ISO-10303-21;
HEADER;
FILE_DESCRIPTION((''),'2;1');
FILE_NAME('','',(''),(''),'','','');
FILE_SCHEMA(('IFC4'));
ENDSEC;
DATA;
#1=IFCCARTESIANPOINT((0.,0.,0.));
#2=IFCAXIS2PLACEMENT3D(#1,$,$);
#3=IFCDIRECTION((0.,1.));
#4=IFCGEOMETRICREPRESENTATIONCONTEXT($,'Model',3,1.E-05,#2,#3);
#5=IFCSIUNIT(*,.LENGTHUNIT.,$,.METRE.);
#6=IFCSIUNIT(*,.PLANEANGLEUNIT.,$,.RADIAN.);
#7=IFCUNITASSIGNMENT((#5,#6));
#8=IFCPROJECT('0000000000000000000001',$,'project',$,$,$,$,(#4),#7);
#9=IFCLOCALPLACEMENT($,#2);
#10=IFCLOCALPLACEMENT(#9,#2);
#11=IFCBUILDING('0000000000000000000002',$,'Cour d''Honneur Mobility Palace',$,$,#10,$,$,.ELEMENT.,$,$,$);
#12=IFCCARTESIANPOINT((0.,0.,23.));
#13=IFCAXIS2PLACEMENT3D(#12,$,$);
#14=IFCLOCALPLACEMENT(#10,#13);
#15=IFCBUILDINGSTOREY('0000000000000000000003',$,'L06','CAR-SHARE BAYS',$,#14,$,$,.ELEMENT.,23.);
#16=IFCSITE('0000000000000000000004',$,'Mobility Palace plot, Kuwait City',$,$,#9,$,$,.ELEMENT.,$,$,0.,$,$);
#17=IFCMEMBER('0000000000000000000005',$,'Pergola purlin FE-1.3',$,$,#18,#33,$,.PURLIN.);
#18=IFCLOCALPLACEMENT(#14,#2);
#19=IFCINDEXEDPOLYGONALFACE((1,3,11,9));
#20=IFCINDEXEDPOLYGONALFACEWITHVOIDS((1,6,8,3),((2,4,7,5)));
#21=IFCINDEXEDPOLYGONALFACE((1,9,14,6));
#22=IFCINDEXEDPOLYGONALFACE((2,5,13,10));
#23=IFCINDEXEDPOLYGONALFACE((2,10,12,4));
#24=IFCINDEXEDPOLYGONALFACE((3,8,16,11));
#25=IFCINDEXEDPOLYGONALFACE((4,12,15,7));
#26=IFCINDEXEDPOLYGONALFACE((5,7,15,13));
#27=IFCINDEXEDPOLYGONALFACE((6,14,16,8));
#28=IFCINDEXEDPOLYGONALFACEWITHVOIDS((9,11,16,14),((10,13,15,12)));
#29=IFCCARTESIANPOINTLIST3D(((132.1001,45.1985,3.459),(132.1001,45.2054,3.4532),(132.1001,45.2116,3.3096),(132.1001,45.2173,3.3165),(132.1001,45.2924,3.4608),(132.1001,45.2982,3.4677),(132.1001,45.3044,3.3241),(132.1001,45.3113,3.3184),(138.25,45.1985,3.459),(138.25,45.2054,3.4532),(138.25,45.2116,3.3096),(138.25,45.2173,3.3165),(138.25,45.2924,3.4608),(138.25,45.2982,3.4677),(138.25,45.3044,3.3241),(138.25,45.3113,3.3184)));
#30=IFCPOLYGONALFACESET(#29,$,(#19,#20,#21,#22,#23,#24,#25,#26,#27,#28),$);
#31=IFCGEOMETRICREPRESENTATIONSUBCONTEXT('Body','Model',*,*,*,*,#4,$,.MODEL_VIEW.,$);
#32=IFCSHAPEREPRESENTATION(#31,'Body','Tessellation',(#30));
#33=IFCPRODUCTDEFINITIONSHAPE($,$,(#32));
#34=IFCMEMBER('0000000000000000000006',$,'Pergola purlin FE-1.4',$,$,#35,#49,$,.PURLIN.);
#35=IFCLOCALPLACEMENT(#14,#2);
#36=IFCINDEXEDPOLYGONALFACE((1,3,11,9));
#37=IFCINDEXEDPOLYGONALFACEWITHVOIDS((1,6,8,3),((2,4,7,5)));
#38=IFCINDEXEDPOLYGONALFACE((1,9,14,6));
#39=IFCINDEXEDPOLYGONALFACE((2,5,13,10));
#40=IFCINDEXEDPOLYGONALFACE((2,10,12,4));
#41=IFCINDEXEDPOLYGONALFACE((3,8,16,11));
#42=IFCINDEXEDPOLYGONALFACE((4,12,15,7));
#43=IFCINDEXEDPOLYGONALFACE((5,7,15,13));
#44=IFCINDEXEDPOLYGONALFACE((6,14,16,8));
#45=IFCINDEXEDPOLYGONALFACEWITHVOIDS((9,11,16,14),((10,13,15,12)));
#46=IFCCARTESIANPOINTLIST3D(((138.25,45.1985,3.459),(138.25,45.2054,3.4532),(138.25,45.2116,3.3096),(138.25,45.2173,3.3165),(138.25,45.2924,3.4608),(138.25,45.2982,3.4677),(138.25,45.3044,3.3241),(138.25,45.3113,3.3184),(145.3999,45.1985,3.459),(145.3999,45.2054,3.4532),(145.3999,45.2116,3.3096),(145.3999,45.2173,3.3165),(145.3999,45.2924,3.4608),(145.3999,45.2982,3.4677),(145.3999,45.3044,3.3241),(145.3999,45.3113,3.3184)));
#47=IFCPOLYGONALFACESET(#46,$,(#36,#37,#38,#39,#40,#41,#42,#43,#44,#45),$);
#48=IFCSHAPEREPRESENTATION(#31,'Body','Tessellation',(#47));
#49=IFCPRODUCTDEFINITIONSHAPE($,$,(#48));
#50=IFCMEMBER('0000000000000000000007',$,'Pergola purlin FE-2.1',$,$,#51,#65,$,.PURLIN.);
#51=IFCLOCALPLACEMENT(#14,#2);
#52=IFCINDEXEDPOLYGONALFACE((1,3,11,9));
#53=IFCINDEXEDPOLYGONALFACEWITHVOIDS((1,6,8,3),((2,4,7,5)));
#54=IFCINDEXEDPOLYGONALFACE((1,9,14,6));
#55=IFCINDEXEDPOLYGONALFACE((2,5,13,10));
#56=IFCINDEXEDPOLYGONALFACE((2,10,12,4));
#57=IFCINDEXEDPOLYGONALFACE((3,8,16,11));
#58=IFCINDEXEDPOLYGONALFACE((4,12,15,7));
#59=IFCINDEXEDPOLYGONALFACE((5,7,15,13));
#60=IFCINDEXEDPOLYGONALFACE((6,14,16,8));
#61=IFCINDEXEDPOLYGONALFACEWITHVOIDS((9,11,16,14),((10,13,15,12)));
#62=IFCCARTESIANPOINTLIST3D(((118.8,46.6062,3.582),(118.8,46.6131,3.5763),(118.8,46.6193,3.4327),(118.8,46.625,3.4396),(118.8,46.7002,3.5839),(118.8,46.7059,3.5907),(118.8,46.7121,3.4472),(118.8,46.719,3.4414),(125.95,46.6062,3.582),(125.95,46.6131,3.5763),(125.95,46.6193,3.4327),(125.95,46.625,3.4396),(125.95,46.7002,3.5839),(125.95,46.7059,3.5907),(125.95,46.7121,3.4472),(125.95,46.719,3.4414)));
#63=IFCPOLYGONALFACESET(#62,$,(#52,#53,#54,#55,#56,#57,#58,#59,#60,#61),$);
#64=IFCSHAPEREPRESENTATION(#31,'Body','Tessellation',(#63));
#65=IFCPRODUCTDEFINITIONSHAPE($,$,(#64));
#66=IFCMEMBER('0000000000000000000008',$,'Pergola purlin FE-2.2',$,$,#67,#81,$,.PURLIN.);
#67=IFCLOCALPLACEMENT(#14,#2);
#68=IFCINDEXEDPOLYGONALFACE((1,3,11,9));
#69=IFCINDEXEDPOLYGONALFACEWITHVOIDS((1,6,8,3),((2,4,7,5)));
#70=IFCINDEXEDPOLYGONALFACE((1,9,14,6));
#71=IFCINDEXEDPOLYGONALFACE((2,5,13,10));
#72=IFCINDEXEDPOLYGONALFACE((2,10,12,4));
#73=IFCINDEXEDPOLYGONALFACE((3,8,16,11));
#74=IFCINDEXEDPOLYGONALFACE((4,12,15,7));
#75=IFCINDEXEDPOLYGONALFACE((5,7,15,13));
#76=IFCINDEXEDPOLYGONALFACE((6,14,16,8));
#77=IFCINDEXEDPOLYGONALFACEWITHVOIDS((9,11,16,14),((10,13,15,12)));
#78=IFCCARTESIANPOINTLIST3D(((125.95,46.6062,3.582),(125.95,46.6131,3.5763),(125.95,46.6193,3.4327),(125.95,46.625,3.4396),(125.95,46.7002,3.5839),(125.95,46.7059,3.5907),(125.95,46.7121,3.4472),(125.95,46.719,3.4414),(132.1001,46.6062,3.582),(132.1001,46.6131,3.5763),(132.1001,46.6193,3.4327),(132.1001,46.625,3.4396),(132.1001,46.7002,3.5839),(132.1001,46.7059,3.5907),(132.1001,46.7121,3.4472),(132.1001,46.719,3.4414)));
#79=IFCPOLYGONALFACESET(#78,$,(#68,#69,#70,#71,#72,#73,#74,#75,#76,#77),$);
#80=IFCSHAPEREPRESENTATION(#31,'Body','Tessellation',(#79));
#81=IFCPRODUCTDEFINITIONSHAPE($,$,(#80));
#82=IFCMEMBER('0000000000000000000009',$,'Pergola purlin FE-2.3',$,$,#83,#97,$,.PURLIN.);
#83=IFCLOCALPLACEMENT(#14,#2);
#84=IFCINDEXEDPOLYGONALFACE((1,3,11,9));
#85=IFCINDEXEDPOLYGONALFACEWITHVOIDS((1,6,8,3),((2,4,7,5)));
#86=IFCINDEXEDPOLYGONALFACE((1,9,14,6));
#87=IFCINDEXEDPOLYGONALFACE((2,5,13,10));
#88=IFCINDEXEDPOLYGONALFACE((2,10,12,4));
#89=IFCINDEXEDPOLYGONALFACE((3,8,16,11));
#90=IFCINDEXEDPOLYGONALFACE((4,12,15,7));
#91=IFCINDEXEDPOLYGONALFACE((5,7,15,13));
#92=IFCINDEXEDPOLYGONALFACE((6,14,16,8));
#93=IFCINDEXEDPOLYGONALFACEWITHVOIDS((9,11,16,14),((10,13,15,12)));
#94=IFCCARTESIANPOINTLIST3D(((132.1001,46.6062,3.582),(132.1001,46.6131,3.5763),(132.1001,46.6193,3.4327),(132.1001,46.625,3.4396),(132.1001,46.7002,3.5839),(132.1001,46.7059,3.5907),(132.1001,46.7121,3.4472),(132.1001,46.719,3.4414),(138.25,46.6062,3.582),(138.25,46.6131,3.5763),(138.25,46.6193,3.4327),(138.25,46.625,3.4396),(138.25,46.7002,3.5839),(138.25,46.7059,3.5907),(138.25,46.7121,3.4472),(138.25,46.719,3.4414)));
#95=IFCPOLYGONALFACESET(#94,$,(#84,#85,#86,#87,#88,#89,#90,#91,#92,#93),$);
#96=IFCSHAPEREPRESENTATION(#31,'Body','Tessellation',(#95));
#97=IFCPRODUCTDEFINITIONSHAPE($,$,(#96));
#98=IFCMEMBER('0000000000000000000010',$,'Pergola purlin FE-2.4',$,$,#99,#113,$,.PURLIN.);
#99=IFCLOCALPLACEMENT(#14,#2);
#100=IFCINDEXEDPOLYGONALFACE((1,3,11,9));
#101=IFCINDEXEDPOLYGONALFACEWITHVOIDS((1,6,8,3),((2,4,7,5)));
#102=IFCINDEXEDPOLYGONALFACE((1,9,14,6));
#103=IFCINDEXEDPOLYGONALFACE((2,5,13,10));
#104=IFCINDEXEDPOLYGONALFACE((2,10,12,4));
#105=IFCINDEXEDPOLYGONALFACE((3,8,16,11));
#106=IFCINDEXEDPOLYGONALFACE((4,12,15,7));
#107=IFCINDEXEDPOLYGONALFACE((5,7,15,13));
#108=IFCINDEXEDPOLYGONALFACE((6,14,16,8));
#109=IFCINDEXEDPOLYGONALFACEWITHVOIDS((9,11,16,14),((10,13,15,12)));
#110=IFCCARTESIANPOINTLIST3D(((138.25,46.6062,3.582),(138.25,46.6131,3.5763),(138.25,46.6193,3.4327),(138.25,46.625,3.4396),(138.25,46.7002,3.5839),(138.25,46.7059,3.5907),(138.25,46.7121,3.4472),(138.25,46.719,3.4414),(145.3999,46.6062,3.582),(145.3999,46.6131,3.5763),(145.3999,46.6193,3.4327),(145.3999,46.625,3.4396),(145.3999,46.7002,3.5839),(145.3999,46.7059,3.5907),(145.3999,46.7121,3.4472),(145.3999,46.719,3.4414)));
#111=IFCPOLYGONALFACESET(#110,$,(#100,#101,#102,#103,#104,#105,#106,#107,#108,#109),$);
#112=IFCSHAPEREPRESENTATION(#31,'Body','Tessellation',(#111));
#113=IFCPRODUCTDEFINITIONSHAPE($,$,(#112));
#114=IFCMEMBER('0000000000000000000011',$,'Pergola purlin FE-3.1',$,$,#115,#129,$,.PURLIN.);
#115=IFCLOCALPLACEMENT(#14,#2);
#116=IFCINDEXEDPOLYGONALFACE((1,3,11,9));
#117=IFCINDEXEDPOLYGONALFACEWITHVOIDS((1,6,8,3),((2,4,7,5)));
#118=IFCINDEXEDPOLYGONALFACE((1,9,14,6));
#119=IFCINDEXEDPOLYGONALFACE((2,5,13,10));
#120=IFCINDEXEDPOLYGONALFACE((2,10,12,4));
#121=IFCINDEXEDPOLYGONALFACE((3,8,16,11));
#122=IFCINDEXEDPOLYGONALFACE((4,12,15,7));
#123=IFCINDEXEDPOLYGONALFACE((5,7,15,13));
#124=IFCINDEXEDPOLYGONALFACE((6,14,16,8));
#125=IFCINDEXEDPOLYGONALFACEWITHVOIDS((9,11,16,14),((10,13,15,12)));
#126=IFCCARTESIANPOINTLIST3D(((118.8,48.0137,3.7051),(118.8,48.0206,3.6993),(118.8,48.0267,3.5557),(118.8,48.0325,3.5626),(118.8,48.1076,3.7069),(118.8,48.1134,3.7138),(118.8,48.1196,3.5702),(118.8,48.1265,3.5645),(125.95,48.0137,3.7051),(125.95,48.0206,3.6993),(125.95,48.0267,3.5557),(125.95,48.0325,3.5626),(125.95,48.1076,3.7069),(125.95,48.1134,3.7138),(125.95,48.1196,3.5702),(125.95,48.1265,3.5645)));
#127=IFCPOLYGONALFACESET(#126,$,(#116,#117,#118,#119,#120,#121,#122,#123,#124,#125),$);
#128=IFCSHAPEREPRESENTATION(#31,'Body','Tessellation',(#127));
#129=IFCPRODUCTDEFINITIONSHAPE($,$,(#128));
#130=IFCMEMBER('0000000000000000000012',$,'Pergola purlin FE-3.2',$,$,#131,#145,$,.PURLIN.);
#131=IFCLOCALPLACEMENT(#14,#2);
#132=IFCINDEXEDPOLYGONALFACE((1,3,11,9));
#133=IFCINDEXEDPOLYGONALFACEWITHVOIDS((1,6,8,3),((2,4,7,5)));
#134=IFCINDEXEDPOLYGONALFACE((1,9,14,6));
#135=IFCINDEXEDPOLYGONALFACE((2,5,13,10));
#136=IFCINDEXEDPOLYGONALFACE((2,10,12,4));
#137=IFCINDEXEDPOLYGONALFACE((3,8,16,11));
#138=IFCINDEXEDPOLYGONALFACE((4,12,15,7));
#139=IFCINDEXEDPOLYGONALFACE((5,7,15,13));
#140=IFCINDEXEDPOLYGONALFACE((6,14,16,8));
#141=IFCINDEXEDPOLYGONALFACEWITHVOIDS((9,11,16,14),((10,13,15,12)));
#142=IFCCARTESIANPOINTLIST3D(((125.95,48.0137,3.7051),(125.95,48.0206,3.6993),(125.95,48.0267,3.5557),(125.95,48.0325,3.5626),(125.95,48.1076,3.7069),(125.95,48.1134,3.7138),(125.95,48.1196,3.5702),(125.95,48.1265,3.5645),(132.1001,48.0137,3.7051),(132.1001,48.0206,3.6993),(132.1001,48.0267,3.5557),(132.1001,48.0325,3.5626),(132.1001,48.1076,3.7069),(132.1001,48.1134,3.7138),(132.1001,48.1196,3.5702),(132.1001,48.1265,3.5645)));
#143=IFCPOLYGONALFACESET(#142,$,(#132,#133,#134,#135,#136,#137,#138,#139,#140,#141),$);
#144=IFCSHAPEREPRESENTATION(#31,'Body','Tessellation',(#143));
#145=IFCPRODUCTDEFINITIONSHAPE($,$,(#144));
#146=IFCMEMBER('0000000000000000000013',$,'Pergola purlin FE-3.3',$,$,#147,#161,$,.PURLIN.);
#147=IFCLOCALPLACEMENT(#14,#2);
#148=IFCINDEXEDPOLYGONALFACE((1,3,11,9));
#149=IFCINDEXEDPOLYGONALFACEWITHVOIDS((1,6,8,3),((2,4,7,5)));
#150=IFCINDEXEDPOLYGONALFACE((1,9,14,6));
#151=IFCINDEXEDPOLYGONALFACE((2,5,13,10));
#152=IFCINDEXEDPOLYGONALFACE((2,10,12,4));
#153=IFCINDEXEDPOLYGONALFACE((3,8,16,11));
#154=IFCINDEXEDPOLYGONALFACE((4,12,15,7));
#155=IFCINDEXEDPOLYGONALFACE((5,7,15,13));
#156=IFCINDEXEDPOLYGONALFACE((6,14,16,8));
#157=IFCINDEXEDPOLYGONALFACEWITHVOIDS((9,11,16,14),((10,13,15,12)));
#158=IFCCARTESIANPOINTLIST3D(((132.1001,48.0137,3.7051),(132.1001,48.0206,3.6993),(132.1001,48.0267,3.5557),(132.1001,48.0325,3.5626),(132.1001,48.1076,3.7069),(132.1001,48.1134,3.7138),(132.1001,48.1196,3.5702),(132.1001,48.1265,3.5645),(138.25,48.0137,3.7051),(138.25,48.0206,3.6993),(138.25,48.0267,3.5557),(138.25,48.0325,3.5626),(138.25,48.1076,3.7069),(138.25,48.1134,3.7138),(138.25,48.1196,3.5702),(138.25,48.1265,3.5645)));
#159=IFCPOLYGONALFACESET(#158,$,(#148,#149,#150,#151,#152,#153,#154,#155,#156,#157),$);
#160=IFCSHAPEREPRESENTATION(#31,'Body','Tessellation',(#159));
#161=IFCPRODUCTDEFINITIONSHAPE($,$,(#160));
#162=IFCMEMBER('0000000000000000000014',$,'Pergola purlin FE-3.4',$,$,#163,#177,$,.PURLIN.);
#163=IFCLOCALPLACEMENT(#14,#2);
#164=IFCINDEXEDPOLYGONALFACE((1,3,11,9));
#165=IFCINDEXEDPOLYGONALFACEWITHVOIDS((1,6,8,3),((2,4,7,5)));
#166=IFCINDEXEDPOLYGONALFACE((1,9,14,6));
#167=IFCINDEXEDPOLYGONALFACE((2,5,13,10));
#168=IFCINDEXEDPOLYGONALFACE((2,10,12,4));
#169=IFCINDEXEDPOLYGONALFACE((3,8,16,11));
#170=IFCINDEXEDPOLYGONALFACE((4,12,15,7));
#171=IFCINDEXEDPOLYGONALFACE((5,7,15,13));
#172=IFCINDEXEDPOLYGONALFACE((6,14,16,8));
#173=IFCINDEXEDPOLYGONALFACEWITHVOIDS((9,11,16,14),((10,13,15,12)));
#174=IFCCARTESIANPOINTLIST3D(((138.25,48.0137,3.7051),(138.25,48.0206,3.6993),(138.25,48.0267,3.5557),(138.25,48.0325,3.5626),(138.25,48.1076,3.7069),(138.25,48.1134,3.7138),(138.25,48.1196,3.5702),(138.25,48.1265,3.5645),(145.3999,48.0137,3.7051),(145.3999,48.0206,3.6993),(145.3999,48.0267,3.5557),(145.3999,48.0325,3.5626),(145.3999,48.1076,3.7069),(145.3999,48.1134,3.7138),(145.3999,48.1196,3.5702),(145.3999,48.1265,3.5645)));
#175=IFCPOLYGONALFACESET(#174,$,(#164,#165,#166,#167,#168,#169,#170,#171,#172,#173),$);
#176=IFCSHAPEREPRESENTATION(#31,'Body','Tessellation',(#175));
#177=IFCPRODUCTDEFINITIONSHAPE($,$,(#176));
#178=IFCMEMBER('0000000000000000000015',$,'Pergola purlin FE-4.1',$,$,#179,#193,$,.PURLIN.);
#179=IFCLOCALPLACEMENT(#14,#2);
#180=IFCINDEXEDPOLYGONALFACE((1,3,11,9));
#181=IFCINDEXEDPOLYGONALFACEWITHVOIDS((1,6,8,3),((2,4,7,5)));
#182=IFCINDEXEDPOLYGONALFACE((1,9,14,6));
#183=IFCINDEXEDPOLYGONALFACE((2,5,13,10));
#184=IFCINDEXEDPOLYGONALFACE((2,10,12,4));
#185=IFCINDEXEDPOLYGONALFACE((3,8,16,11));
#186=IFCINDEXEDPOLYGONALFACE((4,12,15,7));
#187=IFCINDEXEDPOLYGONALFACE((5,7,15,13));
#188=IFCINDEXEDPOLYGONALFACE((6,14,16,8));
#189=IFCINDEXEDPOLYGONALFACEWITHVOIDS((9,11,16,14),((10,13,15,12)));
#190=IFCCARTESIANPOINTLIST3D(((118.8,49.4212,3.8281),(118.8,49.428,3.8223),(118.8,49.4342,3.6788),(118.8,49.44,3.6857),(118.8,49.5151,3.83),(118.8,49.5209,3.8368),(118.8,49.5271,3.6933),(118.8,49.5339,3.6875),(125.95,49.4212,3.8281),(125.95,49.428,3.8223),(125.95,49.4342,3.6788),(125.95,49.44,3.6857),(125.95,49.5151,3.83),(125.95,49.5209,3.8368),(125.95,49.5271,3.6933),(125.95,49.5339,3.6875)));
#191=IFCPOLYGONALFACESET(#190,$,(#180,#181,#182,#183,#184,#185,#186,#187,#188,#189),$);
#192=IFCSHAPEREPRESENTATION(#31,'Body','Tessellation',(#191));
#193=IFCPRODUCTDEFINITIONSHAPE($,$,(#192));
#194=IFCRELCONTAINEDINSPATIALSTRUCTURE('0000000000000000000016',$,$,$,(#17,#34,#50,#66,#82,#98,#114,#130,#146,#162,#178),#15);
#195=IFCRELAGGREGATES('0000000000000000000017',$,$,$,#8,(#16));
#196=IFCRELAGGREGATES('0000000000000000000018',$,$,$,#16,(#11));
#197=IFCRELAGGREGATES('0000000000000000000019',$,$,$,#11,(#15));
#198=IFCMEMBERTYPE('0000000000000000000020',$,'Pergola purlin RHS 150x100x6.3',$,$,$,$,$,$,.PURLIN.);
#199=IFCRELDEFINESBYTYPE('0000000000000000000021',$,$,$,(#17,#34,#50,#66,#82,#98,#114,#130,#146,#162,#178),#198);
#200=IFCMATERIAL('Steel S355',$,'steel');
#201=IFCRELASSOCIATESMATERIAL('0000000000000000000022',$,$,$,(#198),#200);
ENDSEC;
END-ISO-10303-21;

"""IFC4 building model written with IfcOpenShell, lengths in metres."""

from ifc_helpers import new_model, si_unit, direction, frame, origin, origin_2d, place, context, subcontext, project, spatial, hollow_rectangle, extrude, material, material_profile, profile_set, type_object, element, save


model = new_model("IFC4")

# Units and contexts
model_context = context("Model", 3, precision=1e-05, world=origin(), true_north=direction((0.0, 1.0)))
body_context = subcontext(model_context, "Body", "Model", "MODEL_VIEW")
ifc_project = project(units=[si_unit("LENGTHUNIT", "METRE"), si_unit("PLANEANGLEUNIT", "RADIAN")], contexts=[model_context])

# Site, building, storey
site_placement = place(None, origin())
site = spatial("IfcSite", under=ifc_project, at=site_placement, Name="Mobility Palace plot, Kuwait City", CompositionType="ELEMENT", RefElevation=0.0)
building_placement = place(site_placement, origin())
building = spatial("IfcBuilding", under=site, at=building_placement, Name="Cour d'Honneur Mobility Palace", CompositionType="ELEMENT")
storey_placement = place(building_placement, frame((0.0, 0.0, 23.0)))
storey = spatial("IfcBuildingStorey", under=building, at=storey_placement, Name="L06", Description="CAR-SHARE BAYS", CompositionType="ELEMENT", Elevation=23.0)

# Members
ifc_material_1 = material(Name="Steel S355", Category="steel")
ifc_material_profile_1 = material_profile(ifc_material_1, hollow_rectangle(XDim=0.1001, YDim=0.1499, WallThickness=0.0063, at=origin_2d()), Name="RHS 150x100x6.3")
ifc_profile_set_1 = profile_set([ifc_material_profile_1], Name="Steel S355")
member_type_1 = type_object("IfcMemberType", Name="Pergola purlin RHS 150x100x6.3", PredefinedType="PURLIN", material=ifc_profile_set_1)
member_1_placement = place(storey_placement, frame((132.1001, 45.2549, 3.3887), z_axis=(1.0, 0.0, 0.0), x_axis=(0.0, 0.996197, 0.087131)))
element("IfcMember", 1, at=member_1_placement, inside=storey, type_object=member_type_1, Name="Pergola purlin FE-1.3", PredefinedType="PURLIN", context=body_context, shape_type="SweptSolid", body=[
    extrude(hollow_rectangle(XDim=0.1001, YDim=0.1499, WallThickness=0.0063, at=origin_2d()), origin(), (0.0, 0.0, 1.0), 6.1499),
])
for number, where, z_axis, x_axis, name in (
    (2, (138.25, 45.2549, 3.3887), (1.0, 0.0, 0.0), (0.0, 0.996197, 0.087131), "Pergola purlin FE-1.4"),
    (3, (118.8, 46.6626, 3.5117), (1.0, 0.0, 0.0), (0.0, 0.996197, 0.087131), "Pergola purlin FE-2.1"),
):
    element("IfcMember", number, at=place(storey_placement, frame(where, z_axis=z_axis, x_axis=x_axis)), inside=storey, type_object=member_type_1, Name=name, PredefinedType="PURLIN", context=body_context, shape_type="SweptSolid", body=[
        extrude(hollow_rectangle(XDim=0.1001, YDim=0.1499, WallThickness=0.0063, at=origin_2d()), origin(), (0.0, 0.0, 1.0), 7.1499),
    ])
member_2_placement = place(storey_placement, frame((125.95, 46.6626, 3.5117), z_axis=(1.0, 0.0, 0.0), x_axis=(0.0, 0.996197, 0.087131)))
element("IfcMember", 4, at=member_2_placement, inside=storey, type_object=member_type_1, Name="Pergola purlin FE-2.2", PredefinedType="PURLIN", context=body_context, shape_type="SweptSolid", body=[
    extrude(hollow_rectangle(XDim=0.1001, YDim=0.1499, WallThickness=0.0063, at=origin_2d()), origin(), (0.0, 0.0, 1.0), 6.1501),
])
member_3_placement = place(storey_placement, frame((132.1001, 46.6626, 3.5117), z_axis=(1.0, 0.0, 0.0), x_axis=(0.0, 0.996197, 0.087131)))
element("IfcMember", 5, at=member_3_placement, inside=storey, type_object=member_type_1, Name="Pergola purlin FE-2.3", PredefinedType="PURLIN", context=body_context, shape_type="SweptSolid", body=[
    extrude(hollow_rectangle(XDim=0.1001, YDim=0.1499, WallThickness=0.0063, at=origin_2d()), origin(), (0.0, 0.0, 1.0), 6.1499),
])
for number, where, z_axis, x_axis, name in (
    (6, (138.25, 46.6626, 3.5117), (1.0, 0.0, 0.0), (0.0, 0.996197, 0.087131), "Pergola purlin FE-2.4"),
    (7, (118.8, 48.0701, 3.6348), (1.0, 0.0, 0.0), (0.0, 0.996197, 0.087131), "Pergola purlin FE-3.1"),
):
    element("IfcMember", number, at=place(storey_placement, frame(where, z_axis=z_axis, x_axis=x_axis)), inside=storey, type_object=member_type_1, Name=name, PredefinedType="PURLIN", context=body_context, shape_type="SweptSolid", body=[
        extrude(hollow_rectangle(XDim=0.1001, YDim=0.1499, WallThickness=0.0063, at=origin_2d()), origin(), (0.0, 0.0, 1.0), 7.1499),
    ])
member_4_placement = place(storey_placement, frame((125.95, 48.0701, 3.6348), z_axis=(1.0, 0.0, 0.0), x_axis=(0.0, 0.996197, 0.087131)))
element("IfcMember", 8, at=member_4_placement, inside=storey, type_object=member_type_1, Name="Pergola purlin FE-3.2", PredefinedType="PURLIN", context=body_context, shape_type="SweptSolid", body=[
    extrude(hollow_rectangle(XDim=0.1001, YDim=0.1499, WallThickness=0.0063, at=origin_2d()), origin(), (0.0, 0.0, 1.0), 6.1501),
])
member_5_placement = place(storey_placement, frame((132.1001, 48.0701, 3.6348), z_axis=(1.0, 0.0, 0.0), x_axis=(0.0, 0.996197, 0.087131)))
element("IfcMember", 9, at=member_5_placement, inside=storey, type_object=member_type_1, Name="Pergola purlin FE-3.3", PredefinedType="PURLIN", context=body_context, shape_type="SweptSolid", body=[
    extrude(hollow_rectangle(XDim=0.1001, YDim=0.1499, WallThickness=0.0063, at=origin_2d()), origin(), (0.0, 0.0, 1.0), 6.1499),
])
for number, where, z_axis, x_axis, name in (
    (10, (138.25, 48.0701, 3.6348), (1.0, 0.0, 0.0), (0.0, 0.996197, 0.087131), "Pergola purlin FE-3.4"),
    (11, (118.8, 49.4775, 3.7578), (1.0, 0.0, 0.0), (0.0, 0.996197, 0.087131), "Pergola purlin FE-4.1"),
):
    element("IfcMember", number, at=place(storey_placement, frame(where, z_axis=z_axis, x_axis=x_axis)), inside=storey, type_object=member_type_1, Name=name, PredefinedType="PURLIN", context=body_context, shape_type="SweptSolid", body=[
        extrude(hollow_rectangle(XDim=0.1001, YDim=0.1499, WallThickness=0.0063, at=origin_2d()), origin(), (0.0, 0.0, 1.0), 7.1499),
    ])

save(model, "model.ifc")
